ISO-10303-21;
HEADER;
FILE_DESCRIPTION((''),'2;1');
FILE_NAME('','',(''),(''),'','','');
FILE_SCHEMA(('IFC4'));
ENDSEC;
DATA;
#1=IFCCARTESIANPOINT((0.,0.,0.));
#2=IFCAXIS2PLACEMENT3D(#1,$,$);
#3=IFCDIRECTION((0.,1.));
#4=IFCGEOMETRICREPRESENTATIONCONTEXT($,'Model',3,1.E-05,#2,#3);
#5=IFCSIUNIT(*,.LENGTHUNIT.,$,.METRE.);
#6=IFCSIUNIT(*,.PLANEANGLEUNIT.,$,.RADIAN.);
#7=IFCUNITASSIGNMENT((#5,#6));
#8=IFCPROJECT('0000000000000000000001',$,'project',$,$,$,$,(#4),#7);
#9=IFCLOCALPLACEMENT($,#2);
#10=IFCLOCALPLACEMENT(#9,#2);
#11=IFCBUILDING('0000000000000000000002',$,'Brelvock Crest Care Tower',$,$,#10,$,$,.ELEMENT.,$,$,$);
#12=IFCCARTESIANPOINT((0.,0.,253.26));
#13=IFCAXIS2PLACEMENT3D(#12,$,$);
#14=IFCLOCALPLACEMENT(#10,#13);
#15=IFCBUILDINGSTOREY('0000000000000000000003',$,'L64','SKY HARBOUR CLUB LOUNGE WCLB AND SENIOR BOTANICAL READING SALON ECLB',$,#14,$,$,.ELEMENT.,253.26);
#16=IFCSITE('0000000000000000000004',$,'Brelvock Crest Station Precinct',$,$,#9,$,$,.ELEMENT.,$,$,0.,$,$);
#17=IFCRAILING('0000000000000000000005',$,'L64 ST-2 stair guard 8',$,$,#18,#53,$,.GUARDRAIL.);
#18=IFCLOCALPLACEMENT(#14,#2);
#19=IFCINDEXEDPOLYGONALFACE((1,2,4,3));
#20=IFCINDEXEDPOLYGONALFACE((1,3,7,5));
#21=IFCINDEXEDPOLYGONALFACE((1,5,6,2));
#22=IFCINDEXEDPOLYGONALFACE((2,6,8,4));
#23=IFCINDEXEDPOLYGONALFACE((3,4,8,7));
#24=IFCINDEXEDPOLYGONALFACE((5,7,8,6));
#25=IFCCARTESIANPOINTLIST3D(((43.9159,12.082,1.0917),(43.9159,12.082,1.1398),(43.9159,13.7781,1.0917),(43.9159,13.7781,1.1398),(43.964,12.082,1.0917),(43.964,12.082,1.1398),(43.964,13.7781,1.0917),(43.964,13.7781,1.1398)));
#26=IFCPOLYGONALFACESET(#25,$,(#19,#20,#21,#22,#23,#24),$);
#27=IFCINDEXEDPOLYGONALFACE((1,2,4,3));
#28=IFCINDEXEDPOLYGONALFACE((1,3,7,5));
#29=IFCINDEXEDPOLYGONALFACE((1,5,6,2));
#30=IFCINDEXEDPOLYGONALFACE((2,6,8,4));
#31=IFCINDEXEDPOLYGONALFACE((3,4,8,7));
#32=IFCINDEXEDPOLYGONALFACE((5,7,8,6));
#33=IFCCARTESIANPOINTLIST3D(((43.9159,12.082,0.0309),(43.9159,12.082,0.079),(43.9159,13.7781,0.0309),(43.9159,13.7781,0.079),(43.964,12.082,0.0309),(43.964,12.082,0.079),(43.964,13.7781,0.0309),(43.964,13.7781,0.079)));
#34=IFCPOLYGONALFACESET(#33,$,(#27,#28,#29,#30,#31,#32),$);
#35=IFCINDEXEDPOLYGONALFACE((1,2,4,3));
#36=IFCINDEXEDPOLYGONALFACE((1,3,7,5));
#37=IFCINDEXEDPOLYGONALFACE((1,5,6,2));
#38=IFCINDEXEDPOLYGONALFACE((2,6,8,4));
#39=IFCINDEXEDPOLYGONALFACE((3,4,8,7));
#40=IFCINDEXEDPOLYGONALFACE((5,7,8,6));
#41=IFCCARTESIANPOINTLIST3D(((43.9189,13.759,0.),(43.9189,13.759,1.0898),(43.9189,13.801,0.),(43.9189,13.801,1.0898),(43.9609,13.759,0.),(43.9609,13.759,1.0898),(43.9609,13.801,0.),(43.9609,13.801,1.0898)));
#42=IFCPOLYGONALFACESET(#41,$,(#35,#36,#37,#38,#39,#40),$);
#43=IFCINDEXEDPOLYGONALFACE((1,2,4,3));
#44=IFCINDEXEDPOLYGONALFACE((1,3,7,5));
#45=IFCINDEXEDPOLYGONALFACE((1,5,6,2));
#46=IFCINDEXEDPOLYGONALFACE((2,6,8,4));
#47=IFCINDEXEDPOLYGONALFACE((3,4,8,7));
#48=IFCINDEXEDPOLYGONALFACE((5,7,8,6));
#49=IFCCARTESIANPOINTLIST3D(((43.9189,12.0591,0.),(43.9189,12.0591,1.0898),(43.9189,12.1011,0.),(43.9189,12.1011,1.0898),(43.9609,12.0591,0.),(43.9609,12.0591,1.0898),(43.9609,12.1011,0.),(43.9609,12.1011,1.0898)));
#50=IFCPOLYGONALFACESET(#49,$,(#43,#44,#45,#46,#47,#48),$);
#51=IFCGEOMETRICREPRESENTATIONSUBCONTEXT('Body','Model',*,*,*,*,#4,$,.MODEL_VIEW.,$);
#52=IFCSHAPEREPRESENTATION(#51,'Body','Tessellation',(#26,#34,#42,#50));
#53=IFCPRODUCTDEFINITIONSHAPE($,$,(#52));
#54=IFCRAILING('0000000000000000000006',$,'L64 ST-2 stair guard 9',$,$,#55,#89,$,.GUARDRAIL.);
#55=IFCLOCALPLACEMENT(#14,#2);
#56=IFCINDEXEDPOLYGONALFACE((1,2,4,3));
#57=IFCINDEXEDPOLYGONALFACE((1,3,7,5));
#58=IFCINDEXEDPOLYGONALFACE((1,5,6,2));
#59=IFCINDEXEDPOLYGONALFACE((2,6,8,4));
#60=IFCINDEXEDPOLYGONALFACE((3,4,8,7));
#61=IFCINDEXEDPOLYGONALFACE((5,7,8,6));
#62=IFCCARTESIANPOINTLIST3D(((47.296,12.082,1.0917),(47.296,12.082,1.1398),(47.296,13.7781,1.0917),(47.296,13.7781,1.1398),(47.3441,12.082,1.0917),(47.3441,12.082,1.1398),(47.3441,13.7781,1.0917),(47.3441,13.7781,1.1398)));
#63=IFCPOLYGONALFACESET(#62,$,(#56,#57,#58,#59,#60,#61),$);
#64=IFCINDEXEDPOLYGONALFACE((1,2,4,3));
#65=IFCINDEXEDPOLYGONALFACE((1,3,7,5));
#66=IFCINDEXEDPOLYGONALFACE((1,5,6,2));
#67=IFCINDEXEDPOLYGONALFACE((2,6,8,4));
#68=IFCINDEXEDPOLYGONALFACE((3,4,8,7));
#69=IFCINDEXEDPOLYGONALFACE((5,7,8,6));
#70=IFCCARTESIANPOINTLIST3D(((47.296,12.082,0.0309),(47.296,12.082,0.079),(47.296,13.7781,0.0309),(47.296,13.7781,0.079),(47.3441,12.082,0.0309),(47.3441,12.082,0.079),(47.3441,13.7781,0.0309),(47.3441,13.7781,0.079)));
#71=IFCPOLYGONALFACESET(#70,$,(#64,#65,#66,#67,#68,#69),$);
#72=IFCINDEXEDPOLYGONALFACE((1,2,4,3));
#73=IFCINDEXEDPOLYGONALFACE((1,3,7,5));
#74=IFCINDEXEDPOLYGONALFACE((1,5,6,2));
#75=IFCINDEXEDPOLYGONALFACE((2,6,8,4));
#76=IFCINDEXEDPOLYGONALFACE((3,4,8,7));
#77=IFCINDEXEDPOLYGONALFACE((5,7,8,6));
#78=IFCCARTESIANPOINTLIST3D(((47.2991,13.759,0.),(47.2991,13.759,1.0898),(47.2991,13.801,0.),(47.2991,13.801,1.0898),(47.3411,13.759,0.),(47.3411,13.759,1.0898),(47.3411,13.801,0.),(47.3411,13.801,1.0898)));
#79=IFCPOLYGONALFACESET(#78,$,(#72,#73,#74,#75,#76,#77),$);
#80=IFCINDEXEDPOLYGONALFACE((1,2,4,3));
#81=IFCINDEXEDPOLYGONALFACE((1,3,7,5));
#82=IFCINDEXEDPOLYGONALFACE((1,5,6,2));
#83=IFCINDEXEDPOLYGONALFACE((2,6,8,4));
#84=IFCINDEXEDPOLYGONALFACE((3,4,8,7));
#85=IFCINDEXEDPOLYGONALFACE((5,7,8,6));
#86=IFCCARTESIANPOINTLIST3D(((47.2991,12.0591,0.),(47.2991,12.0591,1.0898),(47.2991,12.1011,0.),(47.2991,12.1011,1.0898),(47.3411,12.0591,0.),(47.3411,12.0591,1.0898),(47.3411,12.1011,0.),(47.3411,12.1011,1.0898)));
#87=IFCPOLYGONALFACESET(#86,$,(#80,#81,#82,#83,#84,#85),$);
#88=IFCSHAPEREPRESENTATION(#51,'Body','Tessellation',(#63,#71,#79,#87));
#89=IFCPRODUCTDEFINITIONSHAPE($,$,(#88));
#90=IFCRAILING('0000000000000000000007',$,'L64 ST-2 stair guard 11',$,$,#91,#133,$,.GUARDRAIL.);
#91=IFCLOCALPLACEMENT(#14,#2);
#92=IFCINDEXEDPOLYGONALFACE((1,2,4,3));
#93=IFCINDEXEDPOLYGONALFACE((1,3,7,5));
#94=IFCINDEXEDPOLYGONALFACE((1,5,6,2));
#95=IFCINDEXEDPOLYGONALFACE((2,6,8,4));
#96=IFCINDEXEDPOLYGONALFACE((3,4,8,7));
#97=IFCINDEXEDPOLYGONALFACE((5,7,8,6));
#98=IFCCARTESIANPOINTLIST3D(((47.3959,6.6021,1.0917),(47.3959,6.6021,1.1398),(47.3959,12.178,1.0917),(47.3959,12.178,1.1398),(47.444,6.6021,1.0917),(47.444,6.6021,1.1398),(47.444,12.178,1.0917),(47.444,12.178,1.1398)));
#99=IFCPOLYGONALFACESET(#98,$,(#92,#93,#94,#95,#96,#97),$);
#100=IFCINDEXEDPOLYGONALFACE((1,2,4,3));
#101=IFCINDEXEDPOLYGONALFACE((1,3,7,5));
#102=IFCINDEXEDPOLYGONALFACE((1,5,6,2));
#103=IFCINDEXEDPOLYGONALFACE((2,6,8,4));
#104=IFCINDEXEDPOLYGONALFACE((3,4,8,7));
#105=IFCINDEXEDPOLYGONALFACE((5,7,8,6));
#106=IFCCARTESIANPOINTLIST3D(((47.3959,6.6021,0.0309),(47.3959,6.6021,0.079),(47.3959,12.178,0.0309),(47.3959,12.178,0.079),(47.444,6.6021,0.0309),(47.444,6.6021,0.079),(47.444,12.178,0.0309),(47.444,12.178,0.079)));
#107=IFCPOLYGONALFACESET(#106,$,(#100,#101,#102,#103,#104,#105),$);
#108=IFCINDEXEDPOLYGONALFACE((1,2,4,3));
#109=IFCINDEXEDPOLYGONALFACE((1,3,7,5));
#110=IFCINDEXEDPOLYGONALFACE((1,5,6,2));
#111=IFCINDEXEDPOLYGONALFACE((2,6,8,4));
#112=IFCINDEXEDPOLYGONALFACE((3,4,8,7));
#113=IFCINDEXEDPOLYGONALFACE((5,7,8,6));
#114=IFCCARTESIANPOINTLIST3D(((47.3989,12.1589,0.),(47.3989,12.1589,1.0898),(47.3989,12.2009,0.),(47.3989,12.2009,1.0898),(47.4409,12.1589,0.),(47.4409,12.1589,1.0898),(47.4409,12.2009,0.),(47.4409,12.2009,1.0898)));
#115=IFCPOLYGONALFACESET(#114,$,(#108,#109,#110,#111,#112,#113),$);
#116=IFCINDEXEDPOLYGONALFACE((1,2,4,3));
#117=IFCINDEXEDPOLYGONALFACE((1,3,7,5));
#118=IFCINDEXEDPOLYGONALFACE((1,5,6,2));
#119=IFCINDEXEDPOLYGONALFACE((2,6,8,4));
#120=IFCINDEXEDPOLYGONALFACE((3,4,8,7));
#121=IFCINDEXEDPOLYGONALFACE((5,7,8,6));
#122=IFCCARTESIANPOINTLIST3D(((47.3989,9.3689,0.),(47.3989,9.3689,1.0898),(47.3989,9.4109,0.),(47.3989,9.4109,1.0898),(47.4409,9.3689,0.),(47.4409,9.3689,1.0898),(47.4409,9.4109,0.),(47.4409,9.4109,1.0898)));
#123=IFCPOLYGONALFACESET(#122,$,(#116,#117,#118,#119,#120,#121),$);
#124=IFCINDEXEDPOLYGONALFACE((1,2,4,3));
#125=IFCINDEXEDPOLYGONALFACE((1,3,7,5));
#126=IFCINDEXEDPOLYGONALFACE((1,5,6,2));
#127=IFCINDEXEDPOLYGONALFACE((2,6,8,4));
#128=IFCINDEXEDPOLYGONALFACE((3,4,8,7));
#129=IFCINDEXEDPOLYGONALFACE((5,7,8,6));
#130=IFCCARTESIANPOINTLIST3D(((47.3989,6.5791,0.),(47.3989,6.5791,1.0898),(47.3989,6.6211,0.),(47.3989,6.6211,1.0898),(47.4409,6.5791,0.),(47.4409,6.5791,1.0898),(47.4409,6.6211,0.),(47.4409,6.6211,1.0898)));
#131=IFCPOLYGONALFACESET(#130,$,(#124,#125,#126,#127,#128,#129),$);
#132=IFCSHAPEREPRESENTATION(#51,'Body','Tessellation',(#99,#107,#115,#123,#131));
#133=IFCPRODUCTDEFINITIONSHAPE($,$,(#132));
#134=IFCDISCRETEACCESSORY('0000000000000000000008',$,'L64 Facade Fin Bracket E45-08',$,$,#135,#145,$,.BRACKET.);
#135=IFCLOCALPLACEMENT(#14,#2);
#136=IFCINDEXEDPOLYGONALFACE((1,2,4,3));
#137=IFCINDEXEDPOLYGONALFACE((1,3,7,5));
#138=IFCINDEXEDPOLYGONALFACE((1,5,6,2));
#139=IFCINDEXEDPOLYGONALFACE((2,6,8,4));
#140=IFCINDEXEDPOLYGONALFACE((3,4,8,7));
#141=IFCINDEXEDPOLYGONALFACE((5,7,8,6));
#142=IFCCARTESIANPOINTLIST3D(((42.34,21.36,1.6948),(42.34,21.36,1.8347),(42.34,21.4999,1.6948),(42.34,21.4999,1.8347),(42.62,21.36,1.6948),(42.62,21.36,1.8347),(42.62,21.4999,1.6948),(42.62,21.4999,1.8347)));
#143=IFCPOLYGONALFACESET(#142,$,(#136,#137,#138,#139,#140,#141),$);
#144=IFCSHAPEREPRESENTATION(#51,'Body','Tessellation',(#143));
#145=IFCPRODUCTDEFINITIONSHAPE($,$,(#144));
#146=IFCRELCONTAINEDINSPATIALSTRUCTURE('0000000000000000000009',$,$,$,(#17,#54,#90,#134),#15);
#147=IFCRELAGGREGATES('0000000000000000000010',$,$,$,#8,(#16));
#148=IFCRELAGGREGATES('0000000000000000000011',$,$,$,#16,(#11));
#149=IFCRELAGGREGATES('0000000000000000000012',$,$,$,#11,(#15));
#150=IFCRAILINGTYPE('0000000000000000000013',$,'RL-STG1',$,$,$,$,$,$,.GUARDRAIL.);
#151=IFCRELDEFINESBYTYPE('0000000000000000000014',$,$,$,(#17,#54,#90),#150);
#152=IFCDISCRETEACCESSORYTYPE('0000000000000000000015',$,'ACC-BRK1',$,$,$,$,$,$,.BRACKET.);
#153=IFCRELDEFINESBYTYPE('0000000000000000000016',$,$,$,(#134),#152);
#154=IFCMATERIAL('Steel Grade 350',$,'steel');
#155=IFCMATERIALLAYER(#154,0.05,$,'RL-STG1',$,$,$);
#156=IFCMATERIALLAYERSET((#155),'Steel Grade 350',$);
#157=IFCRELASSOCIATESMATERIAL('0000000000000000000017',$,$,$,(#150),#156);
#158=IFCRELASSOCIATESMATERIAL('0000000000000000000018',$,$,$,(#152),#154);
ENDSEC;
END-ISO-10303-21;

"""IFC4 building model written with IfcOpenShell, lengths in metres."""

from ifc_helpers import new_model, si_unit, direction, frame, origin, origin_2d, place, context, subcontext, project, spatial, rectangle, extrude, source, transform, mapped, material, layer, layer_set, type_object, element, save


model = new_model("IFC4")

# Units and contexts
model_context = context("Model", 3, precision=1e-05, world=origin(), true_north=direction((0.0, 1.0)))
body_context = subcontext(model_context, "Body", "Model", "MODEL_VIEW")
ifc_project = project(units=[si_unit("LENGTHUNIT", "METRE"), si_unit("PLANEANGLEUNIT", "RADIAN")], contexts=[model_context])

# Site, building, storey
site_placement = place(None, origin())
site = spatial("IfcSite", under=ifc_project, at=site_placement, Name="Brelvock Crest Station Precinct", CompositionType="ELEMENT", RefElevation=0.0)
building_placement = place(site_placement, origin())
building = spatial("IfcBuilding", under=site, at=building_placement, Name="Brelvock Crest Care Tower", CompositionType="ELEMENT")
storey_placement = place(building_placement, frame((0.0, 0.0, 253.26)))
storey = spatial("IfcBuildingStorey", under=building, at=storey_placement, Name="L64", Description="SKY HARBOUR CLUB LOUNGE WCLB AND SENIOR BOTANICAL READING SALON ECLB", CompositionType="ELEMENT", Elevation=253.26)

# Shared definitions
ifc_material_1 = material(Name="Steel Grade 350", Category="steel")

# Railings
ifc_layer_1 = layer(ifc_material_1, 0.05, Name="RL-STG1")
ifc_layer_set_1 = layer_set([ifc_layer_1], Name="Steel Grade 350")
railing_type = type_object("IfcRailingType", Name="RL-STG1", PredefinedType="GUARDRAIL", material=ifc_layer_set_1)
for number, where, name in (
    (1, (43.9399, 13.78, 0.0), "L64 ST-2 stair guard 8"),
    (2, (47.3201, 13.78, 0.0), "L64 ST-2 stair guard 9"),
):
    element("IfcRailing", number, at=place(storey_placement, frame(where)), inside=storey, type_object=railing_type, Name=name, PredefinedType="GUARDRAIL", context=body_context, shape_type="SweptSolid", body=[
        extrude(rectangle(XDim=0.0481, YDim=0.0481, at=origin_2d()), frame((0.0, -0.002, 1.1157), z_axis=(0.0, -1.0, 0.0), x_axis=(1.0, 0.0, 0.0)), (0.0, 0.0, 1.0), 1.696),
        extrude(rectangle(XDim=0.0481, YDim=0.0481, at=origin_2d()), frame((0.0, -0.002, 0.0549), z_axis=(0.0, -1.0, 0.0), x_axis=(1.0, 0.0, 0.0)), (0.0, 0.0, 1.0), 1.696),
        extrude(rectangle(XDim=0.042, YDim=0.042, at=origin_2d()), origin(), (0.0, 0.0, 1.0), 1.0898),
        extrude(rectangle(XDim=0.042, YDim=0.042, at=origin_2d()), frame((0.0, -1.7, 0.0)), (0.0, 0.0, 1.0), 1.0898),
    ])
railing_placement = place(storey_placement, frame((47.4199, 12.1799, 0.0)))
element("IfcRailing", 3, at=railing_placement, inside=storey, type_object=railing_type, Name="L64 ST-2 stair guard 11", PredefinedType="GUARDRAIL", context=body_context, shape_type="SweptSolid", body=[
    extrude(rectangle(XDim=0.0481, YDim=0.0481, at=origin_2d()), frame((0.0, -0.002, 1.1157), z_axis=(0.0, -1.0, 0.0), x_axis=(1.0, 0.0, 0.0)), (0.0, 0.0, 1.0), 5.5759),
    extrude(rectangle(XDim=0.0481, YDim=0.0481, at=origin_2d()), frame((0.0, -0.002, 0.0549), z_axis=(0.0, -1.0, 0.0), x_axis=(1.0, 0.0, 0.0)), (0.0, 0.0, 1.0), 5.5759),
    extrude(rectangle(XDim=0.042, YDim=0.042, at=origin_2d()), origin(), (0.0, 0.0, 1.0), 1.0898),
    extrude(rectangle(XDim=0.042, YDim=0.042, at=origin_2d()), frame((0.0, -2.79, 0.0)), (0.0, 0.0, 1.0), 1.0898),
    extrude(rectangle(XDim=0.042, YDim=0.042, at=origin_2d()), frame((0.0, -5.5798, 0.0)), (0.0, 0.0, 1.0), 1.0898),
])

# Discrete accessory
discrete_accessory_type = type_object("IfcDiscreteAccessoryType", Name="ACC-BRK1", PredefinedType="BRACKET", material=ifc_material_1)
shared_shape_1 = source(origin(), body_context, "Body", "SweptSolid", [
    extrude(rectangle(XDim=0.28, YDim=0.1399, at=origin_2d()), origin(), (0.0, 0.0, 1.0), 0.1399),
])
discrete_accessory_placement = place(storey_placement, frame((42.48, 21.4299, 1.6948), z_axis=(0.0, 0.0, 1.0), x_axis=(1.0, 0.0, 0.0)))
element("IfcDiscreteAccessory", 4, at=discrete_accessory_placement, inside=storey, type_object=discrete_accessory_type, Name="L64 Facade Fin Bracket E45-08", PredefinedType="BRACKET", context=body_context, shape_type="MappedRepresentation", body=[
    mapped(shared_shape_1, transform((0.0, 0.0, 0.0), x_axis=(1.0, 0.0, 0.0), y_axis=(0.0, 1.0, 0.0), z_axis=(0.0, 0.0, 1.0), scale=1.0)),
])

save(model, "model.ifc")
